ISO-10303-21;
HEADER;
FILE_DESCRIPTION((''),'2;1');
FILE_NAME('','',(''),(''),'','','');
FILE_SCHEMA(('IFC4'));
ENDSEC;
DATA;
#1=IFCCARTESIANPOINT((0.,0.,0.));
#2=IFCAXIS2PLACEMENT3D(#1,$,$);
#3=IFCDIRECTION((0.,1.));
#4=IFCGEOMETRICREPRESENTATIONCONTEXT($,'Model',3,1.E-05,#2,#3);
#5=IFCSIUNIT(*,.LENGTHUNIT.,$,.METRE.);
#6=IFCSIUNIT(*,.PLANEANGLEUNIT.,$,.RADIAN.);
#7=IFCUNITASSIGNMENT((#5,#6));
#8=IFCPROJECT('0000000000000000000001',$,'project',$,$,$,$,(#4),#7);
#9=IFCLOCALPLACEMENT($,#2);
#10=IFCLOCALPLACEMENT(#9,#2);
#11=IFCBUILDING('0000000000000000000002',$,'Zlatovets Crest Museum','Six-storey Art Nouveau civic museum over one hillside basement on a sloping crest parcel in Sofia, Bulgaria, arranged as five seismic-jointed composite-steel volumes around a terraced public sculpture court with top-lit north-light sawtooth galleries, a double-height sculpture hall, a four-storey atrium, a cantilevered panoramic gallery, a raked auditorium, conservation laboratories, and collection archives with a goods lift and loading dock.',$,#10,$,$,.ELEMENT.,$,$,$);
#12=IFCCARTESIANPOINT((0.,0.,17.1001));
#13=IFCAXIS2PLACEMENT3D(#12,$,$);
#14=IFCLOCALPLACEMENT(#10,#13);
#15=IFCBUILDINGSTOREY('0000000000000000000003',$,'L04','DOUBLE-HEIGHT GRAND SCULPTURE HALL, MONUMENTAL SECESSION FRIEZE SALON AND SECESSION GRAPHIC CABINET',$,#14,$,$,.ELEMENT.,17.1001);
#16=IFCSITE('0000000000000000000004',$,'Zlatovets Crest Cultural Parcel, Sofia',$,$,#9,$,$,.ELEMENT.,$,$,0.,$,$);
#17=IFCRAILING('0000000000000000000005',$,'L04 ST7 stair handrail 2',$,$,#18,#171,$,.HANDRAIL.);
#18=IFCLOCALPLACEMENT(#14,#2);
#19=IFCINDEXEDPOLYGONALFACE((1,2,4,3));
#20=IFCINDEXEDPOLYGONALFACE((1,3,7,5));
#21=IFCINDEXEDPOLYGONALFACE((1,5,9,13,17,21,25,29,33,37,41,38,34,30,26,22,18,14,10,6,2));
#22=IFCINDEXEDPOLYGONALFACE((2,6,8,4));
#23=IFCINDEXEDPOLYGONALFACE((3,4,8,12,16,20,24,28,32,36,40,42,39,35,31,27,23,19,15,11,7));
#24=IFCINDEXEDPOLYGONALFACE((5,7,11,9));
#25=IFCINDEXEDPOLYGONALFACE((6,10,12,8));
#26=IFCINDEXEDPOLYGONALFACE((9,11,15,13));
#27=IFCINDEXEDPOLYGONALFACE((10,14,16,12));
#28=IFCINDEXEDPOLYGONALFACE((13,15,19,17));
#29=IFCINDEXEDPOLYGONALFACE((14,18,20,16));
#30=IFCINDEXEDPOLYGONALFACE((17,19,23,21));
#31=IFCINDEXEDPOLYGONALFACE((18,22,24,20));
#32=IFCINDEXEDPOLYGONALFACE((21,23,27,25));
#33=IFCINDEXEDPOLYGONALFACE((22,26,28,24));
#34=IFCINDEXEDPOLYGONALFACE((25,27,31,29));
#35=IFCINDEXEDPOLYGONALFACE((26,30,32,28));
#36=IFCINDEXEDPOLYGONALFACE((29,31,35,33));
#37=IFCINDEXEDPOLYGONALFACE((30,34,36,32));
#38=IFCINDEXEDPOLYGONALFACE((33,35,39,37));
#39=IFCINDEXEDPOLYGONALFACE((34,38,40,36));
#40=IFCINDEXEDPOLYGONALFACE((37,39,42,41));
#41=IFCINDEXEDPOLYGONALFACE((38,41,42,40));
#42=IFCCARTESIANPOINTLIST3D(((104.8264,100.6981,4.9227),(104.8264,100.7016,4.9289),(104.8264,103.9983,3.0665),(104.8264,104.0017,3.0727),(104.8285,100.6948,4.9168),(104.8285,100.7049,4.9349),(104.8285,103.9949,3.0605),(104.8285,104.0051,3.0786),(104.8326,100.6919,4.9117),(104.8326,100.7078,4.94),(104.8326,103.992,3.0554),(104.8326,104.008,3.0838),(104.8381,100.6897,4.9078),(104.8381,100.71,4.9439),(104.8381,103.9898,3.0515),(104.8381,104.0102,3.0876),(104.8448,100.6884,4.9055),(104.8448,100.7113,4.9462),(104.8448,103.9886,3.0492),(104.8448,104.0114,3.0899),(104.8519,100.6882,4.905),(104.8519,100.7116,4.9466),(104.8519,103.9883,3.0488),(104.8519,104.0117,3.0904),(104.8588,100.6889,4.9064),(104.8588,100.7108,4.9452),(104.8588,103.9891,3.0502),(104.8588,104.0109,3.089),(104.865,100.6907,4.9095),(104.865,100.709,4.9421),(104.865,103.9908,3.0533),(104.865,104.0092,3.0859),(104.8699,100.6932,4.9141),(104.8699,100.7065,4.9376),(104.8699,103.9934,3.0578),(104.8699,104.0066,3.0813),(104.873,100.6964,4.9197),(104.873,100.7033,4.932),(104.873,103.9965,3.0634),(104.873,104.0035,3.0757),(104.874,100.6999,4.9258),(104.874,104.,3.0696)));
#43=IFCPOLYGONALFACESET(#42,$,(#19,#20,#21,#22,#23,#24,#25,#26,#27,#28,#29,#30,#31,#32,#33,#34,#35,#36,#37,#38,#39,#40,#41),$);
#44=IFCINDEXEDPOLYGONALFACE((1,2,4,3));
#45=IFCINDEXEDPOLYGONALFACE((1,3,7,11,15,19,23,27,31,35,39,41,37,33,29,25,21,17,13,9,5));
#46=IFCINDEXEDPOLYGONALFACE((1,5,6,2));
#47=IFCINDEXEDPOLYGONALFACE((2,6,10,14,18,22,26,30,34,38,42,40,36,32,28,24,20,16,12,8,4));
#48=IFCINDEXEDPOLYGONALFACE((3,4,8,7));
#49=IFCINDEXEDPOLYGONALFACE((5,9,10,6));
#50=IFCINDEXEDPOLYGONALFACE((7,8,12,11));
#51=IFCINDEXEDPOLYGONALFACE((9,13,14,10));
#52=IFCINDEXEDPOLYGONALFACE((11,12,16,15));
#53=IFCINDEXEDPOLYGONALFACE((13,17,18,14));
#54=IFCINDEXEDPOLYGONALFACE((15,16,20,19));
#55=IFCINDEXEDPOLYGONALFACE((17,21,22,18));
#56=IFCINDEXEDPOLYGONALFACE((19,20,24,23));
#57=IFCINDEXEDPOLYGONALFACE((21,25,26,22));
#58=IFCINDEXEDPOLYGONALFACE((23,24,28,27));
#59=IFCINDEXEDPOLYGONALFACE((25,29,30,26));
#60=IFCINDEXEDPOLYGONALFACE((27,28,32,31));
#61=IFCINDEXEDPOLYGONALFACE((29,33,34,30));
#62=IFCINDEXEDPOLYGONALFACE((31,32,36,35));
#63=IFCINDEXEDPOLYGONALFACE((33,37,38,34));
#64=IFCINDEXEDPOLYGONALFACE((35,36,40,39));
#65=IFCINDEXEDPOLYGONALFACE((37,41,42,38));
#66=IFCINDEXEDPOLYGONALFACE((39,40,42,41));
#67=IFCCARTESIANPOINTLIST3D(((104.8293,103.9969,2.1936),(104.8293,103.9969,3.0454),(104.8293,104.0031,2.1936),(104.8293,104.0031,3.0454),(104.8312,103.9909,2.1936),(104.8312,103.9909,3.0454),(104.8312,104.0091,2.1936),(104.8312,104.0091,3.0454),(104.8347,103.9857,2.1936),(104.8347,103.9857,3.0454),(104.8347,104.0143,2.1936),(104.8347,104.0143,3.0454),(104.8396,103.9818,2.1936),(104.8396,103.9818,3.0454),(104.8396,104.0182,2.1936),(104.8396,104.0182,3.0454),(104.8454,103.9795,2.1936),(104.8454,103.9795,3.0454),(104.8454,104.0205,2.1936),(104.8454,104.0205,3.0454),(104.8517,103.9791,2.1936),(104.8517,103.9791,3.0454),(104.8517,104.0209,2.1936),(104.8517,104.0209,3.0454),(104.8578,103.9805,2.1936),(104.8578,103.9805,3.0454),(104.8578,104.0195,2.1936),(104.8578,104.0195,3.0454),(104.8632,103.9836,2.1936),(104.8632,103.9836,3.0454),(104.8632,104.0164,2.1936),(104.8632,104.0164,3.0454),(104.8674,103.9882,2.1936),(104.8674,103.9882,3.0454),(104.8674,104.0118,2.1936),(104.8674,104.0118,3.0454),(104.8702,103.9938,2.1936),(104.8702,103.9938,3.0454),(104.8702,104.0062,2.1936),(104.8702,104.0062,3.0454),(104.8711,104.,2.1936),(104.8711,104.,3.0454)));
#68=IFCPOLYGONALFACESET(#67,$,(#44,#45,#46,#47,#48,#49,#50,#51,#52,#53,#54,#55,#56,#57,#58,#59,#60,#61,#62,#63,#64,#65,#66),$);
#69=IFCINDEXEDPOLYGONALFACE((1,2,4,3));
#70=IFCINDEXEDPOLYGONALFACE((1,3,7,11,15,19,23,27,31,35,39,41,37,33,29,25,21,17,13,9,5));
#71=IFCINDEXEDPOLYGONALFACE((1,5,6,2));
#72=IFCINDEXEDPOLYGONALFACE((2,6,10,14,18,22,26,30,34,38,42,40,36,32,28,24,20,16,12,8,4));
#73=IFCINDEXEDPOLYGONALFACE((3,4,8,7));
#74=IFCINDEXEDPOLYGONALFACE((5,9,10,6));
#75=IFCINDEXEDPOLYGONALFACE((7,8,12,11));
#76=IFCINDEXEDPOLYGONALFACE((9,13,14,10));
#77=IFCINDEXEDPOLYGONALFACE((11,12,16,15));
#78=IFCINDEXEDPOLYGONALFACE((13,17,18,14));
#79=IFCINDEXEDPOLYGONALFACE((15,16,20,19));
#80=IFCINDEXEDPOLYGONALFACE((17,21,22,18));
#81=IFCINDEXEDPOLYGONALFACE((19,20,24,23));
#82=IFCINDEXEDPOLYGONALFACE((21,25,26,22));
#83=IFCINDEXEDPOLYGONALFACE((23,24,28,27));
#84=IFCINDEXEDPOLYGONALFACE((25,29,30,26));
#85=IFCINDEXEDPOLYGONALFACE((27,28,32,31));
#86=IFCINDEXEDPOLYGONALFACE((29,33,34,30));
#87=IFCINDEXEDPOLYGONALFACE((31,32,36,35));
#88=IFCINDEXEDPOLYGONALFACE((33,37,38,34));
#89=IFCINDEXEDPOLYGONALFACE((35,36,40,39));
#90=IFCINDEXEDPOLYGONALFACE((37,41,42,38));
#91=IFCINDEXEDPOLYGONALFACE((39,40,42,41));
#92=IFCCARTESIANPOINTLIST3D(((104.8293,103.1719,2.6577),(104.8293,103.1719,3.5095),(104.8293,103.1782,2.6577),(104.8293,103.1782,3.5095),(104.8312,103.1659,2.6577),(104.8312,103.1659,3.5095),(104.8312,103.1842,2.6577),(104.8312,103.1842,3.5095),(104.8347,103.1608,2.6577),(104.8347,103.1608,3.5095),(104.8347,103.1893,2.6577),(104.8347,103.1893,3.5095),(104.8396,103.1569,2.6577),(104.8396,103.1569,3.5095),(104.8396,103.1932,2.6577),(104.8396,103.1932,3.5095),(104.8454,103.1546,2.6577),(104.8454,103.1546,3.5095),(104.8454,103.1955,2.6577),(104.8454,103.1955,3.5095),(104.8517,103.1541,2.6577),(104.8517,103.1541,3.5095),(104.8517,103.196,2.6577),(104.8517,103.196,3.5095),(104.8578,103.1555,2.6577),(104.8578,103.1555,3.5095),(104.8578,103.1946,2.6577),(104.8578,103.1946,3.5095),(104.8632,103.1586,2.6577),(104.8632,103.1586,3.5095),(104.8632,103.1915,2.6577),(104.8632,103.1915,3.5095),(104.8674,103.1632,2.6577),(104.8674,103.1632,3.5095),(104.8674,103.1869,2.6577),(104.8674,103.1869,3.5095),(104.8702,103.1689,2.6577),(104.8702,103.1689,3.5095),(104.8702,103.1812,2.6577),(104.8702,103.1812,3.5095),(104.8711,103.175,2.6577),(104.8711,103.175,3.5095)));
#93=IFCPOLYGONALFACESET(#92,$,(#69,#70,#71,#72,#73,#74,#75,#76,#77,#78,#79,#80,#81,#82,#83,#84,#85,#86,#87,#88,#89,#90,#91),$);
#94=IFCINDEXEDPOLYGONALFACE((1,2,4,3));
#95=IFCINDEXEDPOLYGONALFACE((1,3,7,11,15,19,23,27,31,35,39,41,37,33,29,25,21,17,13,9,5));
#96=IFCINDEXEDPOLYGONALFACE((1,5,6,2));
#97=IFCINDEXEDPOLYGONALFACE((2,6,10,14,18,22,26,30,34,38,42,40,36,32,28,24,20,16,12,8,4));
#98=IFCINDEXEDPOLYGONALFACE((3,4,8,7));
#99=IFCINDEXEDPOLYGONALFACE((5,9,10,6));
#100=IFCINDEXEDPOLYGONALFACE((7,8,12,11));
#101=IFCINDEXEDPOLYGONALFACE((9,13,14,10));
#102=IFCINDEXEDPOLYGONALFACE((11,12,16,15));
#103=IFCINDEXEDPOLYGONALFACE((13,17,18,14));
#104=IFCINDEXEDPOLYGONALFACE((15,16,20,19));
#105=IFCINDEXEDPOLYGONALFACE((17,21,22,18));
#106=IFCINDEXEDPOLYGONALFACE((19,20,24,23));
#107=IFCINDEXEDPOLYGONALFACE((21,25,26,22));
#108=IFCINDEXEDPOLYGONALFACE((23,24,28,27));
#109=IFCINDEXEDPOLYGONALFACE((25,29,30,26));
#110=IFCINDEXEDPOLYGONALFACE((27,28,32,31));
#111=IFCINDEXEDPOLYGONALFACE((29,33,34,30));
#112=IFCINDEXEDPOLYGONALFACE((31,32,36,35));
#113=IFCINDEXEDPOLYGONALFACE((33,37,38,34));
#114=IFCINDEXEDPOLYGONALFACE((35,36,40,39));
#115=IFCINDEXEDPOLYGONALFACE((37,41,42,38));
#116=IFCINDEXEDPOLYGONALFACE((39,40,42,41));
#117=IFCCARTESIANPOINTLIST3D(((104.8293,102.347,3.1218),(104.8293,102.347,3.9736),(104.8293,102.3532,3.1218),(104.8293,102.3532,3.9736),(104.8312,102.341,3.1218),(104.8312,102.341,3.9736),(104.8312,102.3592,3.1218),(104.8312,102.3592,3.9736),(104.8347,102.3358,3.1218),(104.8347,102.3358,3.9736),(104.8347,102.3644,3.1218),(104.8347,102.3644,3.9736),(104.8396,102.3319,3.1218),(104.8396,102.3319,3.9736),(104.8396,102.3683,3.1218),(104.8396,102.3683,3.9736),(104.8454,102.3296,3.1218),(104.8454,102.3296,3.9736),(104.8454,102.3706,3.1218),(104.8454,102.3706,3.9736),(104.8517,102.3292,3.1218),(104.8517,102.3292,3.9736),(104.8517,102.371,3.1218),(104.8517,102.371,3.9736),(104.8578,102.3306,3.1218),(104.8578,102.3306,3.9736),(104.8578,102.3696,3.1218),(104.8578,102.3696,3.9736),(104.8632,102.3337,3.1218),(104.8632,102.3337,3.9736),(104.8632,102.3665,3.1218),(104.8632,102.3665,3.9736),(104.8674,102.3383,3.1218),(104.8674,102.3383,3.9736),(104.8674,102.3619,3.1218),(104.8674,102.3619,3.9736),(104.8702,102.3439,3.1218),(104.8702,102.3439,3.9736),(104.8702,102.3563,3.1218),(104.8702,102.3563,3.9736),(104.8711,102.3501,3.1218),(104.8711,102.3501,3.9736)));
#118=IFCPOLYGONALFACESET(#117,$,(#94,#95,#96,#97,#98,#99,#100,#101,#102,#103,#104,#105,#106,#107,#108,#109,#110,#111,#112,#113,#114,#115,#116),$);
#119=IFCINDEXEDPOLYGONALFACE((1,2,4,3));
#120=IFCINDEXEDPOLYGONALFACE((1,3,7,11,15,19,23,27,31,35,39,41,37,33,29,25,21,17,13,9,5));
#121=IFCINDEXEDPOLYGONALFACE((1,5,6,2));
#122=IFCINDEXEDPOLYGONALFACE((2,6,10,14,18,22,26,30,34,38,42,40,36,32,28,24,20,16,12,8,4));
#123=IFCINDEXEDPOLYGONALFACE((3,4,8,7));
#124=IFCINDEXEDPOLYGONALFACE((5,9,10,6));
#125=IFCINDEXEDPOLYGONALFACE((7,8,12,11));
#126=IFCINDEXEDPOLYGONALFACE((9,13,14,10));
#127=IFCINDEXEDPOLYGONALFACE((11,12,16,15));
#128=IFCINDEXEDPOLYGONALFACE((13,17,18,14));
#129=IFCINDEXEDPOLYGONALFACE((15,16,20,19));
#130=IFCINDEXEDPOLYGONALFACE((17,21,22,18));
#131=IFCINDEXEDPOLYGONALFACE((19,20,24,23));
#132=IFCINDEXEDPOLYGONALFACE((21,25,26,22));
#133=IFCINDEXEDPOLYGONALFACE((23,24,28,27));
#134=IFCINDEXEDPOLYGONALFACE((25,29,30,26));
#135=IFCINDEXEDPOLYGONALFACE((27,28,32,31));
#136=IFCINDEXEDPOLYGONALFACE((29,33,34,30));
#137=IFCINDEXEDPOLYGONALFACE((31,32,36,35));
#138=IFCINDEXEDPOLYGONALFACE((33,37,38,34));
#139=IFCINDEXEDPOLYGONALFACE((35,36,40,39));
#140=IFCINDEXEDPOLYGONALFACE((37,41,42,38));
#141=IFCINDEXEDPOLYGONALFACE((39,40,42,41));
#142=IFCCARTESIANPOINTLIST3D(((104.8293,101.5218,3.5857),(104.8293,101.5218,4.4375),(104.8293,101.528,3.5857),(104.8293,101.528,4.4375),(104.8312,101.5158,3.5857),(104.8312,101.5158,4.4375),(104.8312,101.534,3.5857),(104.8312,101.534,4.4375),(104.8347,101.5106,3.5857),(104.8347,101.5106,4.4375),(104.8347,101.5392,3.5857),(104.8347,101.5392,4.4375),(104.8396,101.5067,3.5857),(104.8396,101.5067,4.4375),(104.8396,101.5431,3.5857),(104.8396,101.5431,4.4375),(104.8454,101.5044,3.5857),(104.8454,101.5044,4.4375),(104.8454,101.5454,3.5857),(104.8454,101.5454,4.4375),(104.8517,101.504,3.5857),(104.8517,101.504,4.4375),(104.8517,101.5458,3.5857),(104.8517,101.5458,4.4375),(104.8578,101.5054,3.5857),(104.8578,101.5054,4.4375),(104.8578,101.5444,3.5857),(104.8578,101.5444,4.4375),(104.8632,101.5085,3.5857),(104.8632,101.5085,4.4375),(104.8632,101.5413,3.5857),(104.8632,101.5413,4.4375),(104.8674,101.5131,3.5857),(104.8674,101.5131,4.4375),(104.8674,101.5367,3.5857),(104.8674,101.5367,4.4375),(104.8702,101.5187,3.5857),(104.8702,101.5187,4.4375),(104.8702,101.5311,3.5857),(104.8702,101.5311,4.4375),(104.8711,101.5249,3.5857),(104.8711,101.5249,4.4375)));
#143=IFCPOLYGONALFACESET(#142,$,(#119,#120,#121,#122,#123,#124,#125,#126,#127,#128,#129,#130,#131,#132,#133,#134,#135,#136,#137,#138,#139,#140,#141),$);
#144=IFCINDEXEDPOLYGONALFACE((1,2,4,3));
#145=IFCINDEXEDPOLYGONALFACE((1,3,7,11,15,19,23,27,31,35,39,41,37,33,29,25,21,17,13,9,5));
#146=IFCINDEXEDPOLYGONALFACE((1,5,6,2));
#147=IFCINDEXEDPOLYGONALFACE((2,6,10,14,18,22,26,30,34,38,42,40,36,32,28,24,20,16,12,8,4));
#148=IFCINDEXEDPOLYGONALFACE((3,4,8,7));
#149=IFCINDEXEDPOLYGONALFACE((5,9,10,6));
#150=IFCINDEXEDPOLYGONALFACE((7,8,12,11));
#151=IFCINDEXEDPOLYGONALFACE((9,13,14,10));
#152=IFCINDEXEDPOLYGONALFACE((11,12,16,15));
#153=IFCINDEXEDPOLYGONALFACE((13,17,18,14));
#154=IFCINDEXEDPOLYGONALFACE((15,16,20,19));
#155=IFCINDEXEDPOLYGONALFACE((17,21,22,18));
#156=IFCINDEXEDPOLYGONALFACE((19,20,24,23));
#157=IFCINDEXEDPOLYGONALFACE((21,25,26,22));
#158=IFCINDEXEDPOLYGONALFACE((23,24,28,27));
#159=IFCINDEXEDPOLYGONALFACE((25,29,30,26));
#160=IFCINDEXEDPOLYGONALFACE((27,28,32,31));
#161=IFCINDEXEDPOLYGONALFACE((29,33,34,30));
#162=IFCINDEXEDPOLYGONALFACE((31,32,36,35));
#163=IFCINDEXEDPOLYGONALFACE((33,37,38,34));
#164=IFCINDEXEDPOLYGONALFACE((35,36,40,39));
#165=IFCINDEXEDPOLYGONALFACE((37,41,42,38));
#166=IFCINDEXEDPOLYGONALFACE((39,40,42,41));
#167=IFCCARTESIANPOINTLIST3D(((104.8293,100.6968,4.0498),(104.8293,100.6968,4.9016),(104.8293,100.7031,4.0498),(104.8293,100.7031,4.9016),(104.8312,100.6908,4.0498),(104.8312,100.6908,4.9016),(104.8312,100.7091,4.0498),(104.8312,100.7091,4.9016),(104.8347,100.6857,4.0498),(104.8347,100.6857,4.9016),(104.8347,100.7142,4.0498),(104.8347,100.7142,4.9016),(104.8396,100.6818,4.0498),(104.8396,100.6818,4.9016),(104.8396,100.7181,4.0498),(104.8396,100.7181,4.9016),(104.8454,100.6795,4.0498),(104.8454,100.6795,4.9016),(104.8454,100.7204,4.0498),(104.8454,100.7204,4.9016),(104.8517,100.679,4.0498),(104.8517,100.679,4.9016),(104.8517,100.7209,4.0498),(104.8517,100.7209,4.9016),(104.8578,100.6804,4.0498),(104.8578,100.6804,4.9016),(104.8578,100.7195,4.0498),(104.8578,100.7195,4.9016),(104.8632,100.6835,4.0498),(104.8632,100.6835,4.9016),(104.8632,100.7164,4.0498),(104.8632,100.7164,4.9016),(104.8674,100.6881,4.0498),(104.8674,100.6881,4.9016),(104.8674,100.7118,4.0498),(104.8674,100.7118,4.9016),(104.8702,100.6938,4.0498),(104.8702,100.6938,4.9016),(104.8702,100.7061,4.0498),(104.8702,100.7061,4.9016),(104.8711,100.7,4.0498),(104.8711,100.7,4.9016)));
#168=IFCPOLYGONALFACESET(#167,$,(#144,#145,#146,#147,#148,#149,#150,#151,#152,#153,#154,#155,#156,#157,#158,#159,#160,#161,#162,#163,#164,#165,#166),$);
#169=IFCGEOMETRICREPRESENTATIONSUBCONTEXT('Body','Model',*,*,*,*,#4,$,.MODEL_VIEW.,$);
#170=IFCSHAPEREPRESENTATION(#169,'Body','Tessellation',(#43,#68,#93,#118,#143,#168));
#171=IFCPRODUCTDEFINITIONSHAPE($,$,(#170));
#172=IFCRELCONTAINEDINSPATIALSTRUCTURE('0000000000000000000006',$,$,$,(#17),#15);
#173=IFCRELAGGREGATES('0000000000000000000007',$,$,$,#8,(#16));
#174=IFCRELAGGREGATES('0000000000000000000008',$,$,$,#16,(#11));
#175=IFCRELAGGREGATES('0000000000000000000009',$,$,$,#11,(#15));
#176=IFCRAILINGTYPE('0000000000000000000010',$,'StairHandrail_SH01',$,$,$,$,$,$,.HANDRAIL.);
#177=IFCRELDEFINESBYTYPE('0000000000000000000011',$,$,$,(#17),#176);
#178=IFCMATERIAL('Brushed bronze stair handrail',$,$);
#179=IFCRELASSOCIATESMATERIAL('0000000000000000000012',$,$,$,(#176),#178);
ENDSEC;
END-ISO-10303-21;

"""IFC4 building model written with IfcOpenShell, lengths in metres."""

from ifc_helpers import new_model, si_unit, direction, frame, origin, origin_2d, place, context, subcontext, project, spatial, circle, extrude, material, type_object, element, save


model = new_model("IFC4")

# Units and contexts
model_context = context("Model", 3, precision=1e-05, world=origin(), true_north=direction((0.0, 1.0)))
body_context = subcontext(model_context, "Body", "Model", "MODEL_VIEW")
ifc_project = project(units=[si_unit("LENGTHUNIT", "METRE"), si_unit("PLANEANGLEUNIT", "RADIAN")], contexts=[model_context])

# Site, building, storey
site_placement = place(None, origin())
site = spatial("IfcSite", under=ifc_project, at=site_placement, Name="Zlatovets Crest Cultural Parcel, Sofia", CompositionType="ELEMENT", RefElevation=0.0)
building_placement = place(site_placement, origin())
building = spatial("IfcBuilding", under=site, at=building_placement, Name="Zlatovets Crest Museum", Description="Six-storey Art Nouveau civic museum over one hillside basement on a sloping crest parcel in Sofia, Bulgaria, arranged as five seismic-jointed composite-steel volumes around a terraced public sculpture court with top-lit north-light sawtooth galleries, a double-height sculpture hall, a four-storey atrium, a cantilevered panoramic gallery, a raked auditorium, conservation laboratories, and collection archives with a goods lift and loading dock.", CompositionType="ELEMENT")
storey_placement = place(building_placement, frame((0.0, 0.0, 17.1001)))
storey = spatial("IfcBuildingStorey", under=building, at=storey_placement, Name="L04", Description="DOUBLE-HEIGHT GRAND SCULPTURE HALL, MONUMENTAL SECESSION FRIEZE SALON AND SECESSION GRAPHIC CABINET", CompositionType="ELEMENT", Elevation=17.1001)

# Railing
ifc_material_1 = material(Name="Brushed bronze stair handrail")
railing_type_1 = type_object("IfcRailingType", Name="StairHandrail_SH01", PredefinedType="HANDRAIL", material=ifc_material_1)
railing_1_placement = place(storey_placement, frame((104.8501, 104.0, 2.1936)))
element("IfcRailing", 1, at=railing_1_placement, inside=storey, type_object=railing_type_1, Name="L04 ST7 stair handrail 2", PredefinedType="HANDRAIL", context=body_context, shape_type="SweptSolid", body=[
    extrude(circle(Radius=0.0239, at=origin_2d()), frame((0.0, 0.0, 0.876), z_axis=(0.0, -0.871584, 0.490246), x_axis=(1.0, 0.0, 0.0)), (0.0, 0.0, 1.0), 3.7864),
    extrude(circle(Radius=0.021, at=origin_2d()), origin(), (0.0, 0.0, 1.0), 0.8518),
    extrude(circle(Radius=0.021, at=origin_2d()), frame((0.0, -0.825, 0.4641)), (0.0, 0.0, 1.0), 0.8518),
    extrude(circle(Radius=0.021, at=origin_2d()), frame((0.0, -1.6499, 0.9282)), (0.0, 0.0, 1.0), 0.8518),
    extrude(circle(Radius=0.021, at=origin_2d()), frame((0.0, -2.4751, 1.3921)), (0.0, 0.0, 1.0), 0.8518),
    extrude(circle(Radius=0.021, at=origin_2d()), frame((0.0, -3.3, 1.8562)), (0.0, 0.0, 1.0), 0.8518),
])

save(model, "model.ifc")
